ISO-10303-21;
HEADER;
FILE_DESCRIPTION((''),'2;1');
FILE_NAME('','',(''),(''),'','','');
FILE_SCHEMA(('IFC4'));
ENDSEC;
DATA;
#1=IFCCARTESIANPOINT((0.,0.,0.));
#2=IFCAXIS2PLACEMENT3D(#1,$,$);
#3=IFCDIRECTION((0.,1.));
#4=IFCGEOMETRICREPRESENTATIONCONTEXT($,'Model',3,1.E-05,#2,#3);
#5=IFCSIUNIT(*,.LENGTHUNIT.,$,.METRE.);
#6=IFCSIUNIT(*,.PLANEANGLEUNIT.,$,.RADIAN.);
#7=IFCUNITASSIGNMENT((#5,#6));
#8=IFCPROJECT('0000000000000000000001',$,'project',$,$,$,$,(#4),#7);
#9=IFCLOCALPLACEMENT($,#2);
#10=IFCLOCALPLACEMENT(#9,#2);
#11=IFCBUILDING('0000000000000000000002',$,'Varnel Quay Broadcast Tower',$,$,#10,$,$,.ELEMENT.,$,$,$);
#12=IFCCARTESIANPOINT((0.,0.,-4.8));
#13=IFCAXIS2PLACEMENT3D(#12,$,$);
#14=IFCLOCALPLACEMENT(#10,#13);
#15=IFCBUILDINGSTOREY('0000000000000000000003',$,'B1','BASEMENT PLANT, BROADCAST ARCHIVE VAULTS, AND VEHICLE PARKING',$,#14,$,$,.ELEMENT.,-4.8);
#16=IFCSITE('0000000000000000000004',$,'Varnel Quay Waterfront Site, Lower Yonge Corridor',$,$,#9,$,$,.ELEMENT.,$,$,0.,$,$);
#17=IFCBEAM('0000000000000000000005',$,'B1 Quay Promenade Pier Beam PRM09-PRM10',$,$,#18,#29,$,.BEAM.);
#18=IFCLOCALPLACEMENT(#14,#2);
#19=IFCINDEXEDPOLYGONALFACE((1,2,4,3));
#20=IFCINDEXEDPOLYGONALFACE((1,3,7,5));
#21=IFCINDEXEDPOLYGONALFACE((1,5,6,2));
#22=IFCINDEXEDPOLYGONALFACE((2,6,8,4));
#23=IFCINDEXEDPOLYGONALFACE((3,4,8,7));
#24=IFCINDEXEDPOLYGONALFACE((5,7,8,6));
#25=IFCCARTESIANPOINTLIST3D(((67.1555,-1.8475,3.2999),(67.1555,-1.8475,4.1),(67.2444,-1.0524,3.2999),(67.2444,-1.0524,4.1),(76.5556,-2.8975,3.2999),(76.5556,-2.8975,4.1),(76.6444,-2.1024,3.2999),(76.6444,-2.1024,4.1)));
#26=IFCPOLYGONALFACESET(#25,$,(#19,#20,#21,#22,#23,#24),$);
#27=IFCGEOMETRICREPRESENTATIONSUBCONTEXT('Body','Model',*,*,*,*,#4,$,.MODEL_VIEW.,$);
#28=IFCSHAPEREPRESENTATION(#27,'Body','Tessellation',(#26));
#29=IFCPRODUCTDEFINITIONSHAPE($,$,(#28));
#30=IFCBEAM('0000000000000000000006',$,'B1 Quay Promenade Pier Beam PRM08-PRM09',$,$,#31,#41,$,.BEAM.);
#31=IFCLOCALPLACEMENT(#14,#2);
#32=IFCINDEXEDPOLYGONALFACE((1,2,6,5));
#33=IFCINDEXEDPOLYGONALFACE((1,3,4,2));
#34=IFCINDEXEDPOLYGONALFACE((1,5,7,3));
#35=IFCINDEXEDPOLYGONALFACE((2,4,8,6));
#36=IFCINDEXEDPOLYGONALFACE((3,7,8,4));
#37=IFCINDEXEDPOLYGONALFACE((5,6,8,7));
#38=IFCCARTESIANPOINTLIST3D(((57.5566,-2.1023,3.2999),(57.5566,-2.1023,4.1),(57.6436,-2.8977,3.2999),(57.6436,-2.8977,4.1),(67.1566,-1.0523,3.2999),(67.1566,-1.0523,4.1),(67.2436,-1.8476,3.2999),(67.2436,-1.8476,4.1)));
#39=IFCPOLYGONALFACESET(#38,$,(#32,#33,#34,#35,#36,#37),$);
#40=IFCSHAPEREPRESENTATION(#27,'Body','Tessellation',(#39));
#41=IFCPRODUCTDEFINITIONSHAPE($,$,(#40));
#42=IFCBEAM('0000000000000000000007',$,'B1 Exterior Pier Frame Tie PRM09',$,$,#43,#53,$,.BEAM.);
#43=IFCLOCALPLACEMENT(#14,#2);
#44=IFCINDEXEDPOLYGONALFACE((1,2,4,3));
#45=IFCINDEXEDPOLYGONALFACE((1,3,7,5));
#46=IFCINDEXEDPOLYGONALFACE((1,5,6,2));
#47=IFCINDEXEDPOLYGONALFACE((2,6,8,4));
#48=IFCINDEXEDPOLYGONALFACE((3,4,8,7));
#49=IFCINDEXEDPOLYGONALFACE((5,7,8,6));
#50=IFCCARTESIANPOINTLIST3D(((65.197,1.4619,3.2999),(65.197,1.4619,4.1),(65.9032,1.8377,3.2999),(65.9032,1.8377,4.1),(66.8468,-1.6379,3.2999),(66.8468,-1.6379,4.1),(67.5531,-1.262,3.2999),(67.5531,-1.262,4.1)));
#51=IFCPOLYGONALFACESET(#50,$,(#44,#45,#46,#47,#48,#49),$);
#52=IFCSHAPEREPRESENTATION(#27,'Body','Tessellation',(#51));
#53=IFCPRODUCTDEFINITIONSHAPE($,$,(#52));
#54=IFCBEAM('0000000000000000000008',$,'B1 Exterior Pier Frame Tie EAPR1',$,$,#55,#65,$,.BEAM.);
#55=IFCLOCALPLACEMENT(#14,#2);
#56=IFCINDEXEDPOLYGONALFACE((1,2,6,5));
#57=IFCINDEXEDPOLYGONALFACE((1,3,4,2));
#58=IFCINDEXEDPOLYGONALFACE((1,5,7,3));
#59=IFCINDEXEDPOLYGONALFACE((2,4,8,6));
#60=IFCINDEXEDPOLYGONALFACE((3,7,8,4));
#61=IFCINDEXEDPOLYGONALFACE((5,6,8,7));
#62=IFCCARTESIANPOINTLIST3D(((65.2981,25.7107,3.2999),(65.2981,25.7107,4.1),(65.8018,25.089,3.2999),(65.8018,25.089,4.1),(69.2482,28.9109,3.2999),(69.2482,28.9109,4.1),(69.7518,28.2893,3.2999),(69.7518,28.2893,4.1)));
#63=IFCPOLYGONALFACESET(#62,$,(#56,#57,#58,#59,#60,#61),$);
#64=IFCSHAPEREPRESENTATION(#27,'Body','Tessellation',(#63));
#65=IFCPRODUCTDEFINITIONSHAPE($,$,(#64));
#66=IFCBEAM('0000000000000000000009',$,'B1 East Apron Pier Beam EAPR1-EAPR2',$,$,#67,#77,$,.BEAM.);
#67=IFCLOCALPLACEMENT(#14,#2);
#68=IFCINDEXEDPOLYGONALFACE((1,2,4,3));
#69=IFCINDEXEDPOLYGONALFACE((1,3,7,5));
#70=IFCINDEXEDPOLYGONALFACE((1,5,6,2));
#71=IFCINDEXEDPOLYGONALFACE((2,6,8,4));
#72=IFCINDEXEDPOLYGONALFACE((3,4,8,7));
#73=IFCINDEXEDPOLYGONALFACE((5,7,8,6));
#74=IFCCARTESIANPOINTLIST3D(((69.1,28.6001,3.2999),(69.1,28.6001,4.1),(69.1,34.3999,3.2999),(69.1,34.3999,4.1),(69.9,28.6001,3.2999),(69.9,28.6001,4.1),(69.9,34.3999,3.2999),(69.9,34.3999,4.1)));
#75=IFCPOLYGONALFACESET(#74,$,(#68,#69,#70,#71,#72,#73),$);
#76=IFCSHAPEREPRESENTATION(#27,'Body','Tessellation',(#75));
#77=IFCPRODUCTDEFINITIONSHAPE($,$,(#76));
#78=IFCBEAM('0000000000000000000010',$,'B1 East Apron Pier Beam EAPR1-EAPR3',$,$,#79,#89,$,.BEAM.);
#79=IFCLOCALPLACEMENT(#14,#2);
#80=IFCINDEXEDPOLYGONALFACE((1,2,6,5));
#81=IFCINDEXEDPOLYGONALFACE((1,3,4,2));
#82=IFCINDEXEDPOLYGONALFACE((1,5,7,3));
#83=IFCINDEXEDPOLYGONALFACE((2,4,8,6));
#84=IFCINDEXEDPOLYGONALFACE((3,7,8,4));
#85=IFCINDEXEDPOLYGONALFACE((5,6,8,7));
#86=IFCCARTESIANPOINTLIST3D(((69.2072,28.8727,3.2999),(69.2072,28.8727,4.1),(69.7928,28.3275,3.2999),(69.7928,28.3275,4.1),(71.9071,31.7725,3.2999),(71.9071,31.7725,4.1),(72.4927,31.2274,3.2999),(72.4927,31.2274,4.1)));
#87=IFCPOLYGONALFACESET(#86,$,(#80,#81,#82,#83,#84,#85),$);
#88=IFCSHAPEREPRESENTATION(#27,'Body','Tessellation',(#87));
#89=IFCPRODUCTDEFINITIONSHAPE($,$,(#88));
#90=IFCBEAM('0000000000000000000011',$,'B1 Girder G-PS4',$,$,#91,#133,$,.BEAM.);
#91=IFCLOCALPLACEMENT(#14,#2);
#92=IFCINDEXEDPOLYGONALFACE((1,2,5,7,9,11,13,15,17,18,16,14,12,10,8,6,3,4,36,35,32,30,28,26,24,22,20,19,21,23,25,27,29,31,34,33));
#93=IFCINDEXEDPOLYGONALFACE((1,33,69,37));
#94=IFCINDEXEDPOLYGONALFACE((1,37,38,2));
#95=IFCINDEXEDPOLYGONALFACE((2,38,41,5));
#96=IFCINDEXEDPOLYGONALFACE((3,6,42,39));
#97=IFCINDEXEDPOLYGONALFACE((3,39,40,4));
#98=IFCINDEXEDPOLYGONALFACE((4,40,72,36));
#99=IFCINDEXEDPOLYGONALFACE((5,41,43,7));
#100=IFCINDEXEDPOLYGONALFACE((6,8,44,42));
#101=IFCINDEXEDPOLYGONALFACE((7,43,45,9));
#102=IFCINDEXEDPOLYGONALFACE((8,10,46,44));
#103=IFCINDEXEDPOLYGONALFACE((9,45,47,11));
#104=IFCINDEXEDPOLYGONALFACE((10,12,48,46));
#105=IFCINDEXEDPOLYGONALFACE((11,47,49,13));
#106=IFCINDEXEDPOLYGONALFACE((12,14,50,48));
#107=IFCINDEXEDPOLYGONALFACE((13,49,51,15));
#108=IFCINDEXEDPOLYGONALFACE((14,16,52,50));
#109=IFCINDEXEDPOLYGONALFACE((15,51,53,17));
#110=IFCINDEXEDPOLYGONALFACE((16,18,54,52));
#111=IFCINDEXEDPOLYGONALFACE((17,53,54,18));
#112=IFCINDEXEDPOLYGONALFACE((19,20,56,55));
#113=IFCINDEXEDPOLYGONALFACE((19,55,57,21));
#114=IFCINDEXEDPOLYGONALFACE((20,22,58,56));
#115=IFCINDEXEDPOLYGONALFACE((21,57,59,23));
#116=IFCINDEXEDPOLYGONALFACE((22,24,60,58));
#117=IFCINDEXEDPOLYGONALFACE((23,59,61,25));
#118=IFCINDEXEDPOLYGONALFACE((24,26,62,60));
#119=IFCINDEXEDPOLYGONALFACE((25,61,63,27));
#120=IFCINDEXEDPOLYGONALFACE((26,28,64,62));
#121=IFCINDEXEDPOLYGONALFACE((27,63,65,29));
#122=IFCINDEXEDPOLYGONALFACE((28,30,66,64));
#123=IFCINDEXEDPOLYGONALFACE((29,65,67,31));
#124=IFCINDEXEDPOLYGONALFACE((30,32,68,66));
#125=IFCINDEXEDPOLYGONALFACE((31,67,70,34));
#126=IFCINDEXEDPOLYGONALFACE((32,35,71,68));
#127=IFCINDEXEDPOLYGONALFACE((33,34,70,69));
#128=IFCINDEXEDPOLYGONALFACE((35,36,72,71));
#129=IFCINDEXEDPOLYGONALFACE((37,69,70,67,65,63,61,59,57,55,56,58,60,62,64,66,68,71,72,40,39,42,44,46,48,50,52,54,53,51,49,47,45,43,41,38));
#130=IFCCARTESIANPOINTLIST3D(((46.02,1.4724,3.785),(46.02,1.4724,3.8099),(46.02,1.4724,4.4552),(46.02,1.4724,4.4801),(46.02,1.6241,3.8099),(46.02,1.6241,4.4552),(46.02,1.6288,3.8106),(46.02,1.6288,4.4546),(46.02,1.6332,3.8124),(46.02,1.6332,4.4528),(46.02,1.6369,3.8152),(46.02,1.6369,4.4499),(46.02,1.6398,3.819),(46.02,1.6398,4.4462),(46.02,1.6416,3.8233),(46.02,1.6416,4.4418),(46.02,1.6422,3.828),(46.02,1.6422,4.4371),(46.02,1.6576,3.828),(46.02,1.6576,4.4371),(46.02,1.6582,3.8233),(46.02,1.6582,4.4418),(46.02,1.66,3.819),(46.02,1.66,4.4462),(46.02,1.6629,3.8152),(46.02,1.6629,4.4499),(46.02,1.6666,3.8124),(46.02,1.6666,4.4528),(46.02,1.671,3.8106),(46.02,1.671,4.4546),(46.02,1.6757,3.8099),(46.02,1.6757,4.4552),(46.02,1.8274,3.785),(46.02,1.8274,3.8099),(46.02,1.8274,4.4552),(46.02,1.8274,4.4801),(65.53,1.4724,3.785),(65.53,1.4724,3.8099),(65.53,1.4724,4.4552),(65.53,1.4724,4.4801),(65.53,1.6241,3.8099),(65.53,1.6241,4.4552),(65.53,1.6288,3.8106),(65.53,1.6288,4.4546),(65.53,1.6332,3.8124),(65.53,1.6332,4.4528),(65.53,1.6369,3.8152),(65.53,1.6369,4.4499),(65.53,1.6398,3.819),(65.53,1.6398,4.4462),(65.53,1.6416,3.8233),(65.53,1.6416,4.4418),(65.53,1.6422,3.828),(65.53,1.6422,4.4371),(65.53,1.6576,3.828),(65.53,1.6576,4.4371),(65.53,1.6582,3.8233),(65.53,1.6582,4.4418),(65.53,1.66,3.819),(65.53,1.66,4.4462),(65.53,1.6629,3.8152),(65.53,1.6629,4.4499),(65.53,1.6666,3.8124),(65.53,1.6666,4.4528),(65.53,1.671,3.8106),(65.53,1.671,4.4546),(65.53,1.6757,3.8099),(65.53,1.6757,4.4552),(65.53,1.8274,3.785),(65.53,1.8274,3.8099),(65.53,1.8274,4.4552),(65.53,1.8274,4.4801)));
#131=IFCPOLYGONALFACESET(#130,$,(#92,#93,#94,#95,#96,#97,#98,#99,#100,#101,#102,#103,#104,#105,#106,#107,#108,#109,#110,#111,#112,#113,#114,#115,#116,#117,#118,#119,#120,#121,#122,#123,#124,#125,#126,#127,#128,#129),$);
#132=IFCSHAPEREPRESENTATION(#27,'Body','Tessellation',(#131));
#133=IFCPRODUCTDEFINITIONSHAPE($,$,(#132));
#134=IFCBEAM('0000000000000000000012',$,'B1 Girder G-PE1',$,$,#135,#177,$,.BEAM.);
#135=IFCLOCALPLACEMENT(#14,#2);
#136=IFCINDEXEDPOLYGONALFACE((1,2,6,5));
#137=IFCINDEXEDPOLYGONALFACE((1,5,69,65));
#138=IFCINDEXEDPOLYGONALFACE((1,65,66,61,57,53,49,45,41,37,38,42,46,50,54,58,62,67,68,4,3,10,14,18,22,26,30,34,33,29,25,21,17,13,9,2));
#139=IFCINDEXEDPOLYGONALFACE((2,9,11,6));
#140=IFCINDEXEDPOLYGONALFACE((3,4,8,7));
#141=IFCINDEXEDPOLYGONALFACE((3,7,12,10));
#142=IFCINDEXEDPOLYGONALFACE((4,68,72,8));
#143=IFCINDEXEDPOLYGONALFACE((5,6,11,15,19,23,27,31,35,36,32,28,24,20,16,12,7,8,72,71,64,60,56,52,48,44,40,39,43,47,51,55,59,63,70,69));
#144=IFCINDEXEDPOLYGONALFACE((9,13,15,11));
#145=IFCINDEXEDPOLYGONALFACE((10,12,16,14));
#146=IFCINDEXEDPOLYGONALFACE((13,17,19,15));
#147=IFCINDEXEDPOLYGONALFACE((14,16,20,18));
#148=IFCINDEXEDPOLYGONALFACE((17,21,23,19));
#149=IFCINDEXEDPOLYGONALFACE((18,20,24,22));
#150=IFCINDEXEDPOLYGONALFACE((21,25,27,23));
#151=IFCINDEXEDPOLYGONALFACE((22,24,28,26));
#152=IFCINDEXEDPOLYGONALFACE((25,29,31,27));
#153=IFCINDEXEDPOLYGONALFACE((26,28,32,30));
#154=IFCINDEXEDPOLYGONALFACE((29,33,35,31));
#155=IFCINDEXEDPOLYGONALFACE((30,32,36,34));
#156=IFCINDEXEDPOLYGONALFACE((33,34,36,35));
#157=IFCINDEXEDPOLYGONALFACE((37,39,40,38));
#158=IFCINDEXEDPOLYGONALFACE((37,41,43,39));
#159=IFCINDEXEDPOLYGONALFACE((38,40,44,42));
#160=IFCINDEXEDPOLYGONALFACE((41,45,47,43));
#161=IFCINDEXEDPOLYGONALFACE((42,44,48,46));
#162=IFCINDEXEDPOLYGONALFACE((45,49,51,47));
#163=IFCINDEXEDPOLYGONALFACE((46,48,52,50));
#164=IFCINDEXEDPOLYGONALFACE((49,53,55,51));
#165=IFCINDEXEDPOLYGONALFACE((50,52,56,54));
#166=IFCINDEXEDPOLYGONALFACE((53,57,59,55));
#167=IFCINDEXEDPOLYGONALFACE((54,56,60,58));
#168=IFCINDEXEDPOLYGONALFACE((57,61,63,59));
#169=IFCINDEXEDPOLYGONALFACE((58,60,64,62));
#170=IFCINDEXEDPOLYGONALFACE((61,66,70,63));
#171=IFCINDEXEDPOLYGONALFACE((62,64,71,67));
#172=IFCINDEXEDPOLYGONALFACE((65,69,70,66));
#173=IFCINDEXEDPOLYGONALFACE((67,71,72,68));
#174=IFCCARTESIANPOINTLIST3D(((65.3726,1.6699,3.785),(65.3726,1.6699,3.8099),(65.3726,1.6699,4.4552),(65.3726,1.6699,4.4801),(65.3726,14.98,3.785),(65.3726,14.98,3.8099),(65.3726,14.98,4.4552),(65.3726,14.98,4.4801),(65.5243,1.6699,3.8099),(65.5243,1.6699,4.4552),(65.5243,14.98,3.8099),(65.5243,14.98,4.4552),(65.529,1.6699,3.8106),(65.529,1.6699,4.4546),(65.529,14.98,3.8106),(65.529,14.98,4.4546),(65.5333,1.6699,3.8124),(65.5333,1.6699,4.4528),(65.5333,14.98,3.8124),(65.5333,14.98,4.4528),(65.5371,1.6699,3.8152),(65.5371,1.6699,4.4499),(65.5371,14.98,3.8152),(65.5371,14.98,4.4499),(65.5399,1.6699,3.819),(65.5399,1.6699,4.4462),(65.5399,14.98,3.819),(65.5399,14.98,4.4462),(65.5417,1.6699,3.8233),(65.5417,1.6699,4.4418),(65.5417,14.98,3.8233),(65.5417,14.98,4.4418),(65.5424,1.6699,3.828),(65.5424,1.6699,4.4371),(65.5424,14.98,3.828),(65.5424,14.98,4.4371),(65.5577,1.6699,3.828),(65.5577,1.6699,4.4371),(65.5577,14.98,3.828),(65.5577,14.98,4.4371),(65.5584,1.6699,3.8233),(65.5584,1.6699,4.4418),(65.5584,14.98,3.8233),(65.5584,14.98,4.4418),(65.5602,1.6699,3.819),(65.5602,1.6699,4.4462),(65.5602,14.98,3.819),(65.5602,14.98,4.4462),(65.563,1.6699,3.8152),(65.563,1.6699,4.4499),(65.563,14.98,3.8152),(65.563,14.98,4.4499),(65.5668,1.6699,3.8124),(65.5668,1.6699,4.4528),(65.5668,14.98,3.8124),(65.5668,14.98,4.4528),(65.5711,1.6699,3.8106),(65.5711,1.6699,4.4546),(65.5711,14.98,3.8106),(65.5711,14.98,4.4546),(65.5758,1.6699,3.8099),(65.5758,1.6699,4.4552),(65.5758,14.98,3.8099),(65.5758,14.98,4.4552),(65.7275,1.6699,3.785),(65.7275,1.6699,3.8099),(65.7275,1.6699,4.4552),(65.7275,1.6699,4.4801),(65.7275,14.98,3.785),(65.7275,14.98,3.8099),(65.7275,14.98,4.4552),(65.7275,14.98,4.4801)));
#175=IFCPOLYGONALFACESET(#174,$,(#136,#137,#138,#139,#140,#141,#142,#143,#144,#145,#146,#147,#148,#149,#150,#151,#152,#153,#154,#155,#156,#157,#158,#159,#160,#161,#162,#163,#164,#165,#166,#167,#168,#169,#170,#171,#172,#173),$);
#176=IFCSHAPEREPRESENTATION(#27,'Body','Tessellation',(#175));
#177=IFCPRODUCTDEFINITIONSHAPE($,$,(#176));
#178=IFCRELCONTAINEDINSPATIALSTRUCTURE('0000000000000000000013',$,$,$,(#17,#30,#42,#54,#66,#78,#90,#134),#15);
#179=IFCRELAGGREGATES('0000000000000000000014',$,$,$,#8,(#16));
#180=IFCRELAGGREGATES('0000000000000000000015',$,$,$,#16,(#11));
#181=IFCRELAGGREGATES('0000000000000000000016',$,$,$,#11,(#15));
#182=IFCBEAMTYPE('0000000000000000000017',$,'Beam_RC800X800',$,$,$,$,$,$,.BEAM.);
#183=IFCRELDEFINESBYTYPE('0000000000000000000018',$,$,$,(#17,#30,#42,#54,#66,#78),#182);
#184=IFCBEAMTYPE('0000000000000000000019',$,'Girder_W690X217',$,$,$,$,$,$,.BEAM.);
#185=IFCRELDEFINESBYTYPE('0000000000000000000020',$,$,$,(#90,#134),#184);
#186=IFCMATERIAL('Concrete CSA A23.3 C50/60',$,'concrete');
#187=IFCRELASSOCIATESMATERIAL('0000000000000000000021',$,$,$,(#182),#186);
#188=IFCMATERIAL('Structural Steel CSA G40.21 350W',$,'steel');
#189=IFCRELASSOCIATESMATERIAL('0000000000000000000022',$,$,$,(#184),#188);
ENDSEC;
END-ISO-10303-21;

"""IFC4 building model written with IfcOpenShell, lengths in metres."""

from ifc_helpers import new_model, si_unit, direction, frame, origin, origin_2d, place, context, subcontext, project, spatial, rectangle, i_section, extrude, source, transform, mapped, material, material_profile, profile_set, type_object, type_shapes, element, save


model = new_model("IFC4")

# Units and contexts
model_context = context("Model", 3, precision=1e-05, world=origin(), true_north=direction((0.0, 1.0)))
body_context = subcontext(model_context, "Body", "Model", "MODEL_VIEW")
ifc_project = project(units=[si_unit("LENGTHUNIT", "METRE"), si_unit("PLANEANGLEUNIT", "RADIAN")], contexts=[model_context])

# Site, building, storey
site_placement = place(None, origin())
site = spatial("IfcSite", under=ifc_project, at=site_placement, Name="Varnel Quay Waterfront Site, Lower Yonge Corridor", CompositionType="ELEMENT", RefElevation=0.0)
building_placement = place(site_placement, origin())
building = spatial("IfcBuilding", under=site, at=building_placement, Name="Varnel Quay Broadcast Tower", CompositionType="ELEMENT")
storey_placement = place(building_placement, frame((0.0, 0.0, -4.8)))
storey = spatial("IfcBuildingStorey", under=building, at=storey_placement, Name="B1", Description="BASEMENT PLANT, BROADCAST ARCHIVE VAULTS, AND VEHICLE PARKING", CompositionType="ELEMENT", Elevation=-4.8)

# Shared definitions
ifc_material_1 = material(Name="Concrete CSA A23.3 C50/60", Category="concrete")

# Beams
ifc_material_profile_1 = material_profile(ifc_material_1, rectangle(XDim=0.8, YDim=0.8, at=origin_2d()), Name="RC800X800")
ifc_profile_set_1 = profile_set([ifc_material_profile_1], Name="Concrete CSA A23.3 C50/60")
beam_type_1 = type_object("IfcBeamType", Name="Beam_RC800X800", PredefinedType="BEAM", material=ifc_profile_set_1)
shared_shape_1 = source(origin(), body_context, "Body", "SweptSolid", [
    extrude(rectangle(XDim=0.8, YDim=0.8, at=origin_2d()), origin(), (0.0, 0.0, 1.0), 9.4585),
])
for number, where, z_axis, x_axis, name in (
    (1, (67.2, -1.45, 3.7), (0.993819, -0.111015, 0.0), (0.111015, 0.993819, 0.0), "B1 Quay Promenade Pier Beam PRM09-PRM10"),
):
    element("IfcBeam", number, at=place(storey_placement, frame(where, z_axis=z_axis, x_axis=x_axis)), inside=storey, type_object=beam_type_1, Name=name, PredefinedType="BEAM", context=body_context, shape_type="MappedRepresentation", body=[
        mapped(shared_shape_1, transform((0.0, 0.0, 0.0), x_axis=(1.0, 0.0, 0.0), y_axis=(0.0, 1.0, 0.0), z_axis=(0.0, 0.0, 1.0), scale=1.0)),
    ])
shared_shape_2 = source(origin(), body_context, "Body", "SweptSolid", [
    extrude(rectangle(XDim=0.8, YDim=0.8, at=origin_2d()), origin(), (0.0, 0.0, 1.0), 9.6572),
])
beam_1_placement = place(storey_placement, frame((57.6001, -2.5, 3.7), z_axis=(0.994071, 0.108733, 0.0), x_axis=(-0.108733, 0.994071, 0.0)))
element("IfcBeam", 2, at=beam_1_placement, inside=storey, type_object=beam_type_1, Name="B1 Quay Promenade Pier Beam PRM08-PRM09", PredefinedType="BEAM", context=body_context, shape_type="MappedRepresentation", body=[
    mapped(shared_shape_2, transform((0.0, 0.0, 0.0), x_axis=(1.0, 0.0, 0.0), y_axis=(0.0, 1.0, 0.0), z_axis=(0.0, 0.0, 1.0), scale=1.0)),
])
shared_shape_3 = source(origin(), body_context, "Body", "SweptSolid", [
    extrude(rectangle(XDim=0.8, YDim=0.8, at=origin_2d()), origin(), (0.0, 0.0, 1.0), 3.5115),
])
beam_2_placement = place(storey_placement, frame((67.2, -1.45, 3.7), z_axis=(-0.469845, 0.882749, 0.0), x_axis=(-0.882749, -0.469845, 0.0)))
element("IfcBeam", 3, at=beam_2_placement, inside=storey, type_object=beam_type_1, Name="B1 Exterior Pier Frame Tie PRM09", PredefinedType="BEAM", context=body_context, shape_type="MappedRepresentation", body=[
    mapped(shared_shape_3, transform((0.0, 0.0, 0.0), x_axis=(1.0, 0.0, 0.0), y_axis=(0.0, 1.0, 0.0), z_axis=(0.0, 0.0, 1.0), scale=1.0)),
])
shared_shape_4 = source(origin(), body_context, "Body", "SweptSolid", [
    extrude(rectangle(XDim=0.8, YDim=0.8, at=origin_2d()), origin(), (0.0, 0.0, 1.0), 5.0837),
])
beam_3_placement = place(storey_placement, frame((69.5, 28.6001, 3.7), z_axis=(-0.776993, -0.629509, 0.0), x_axis=(0.629509, -0.776993, 0.0)))
element("IfcBeam", 4, at=beam_3_placement, inside=storey, type_object=beam_type_1, Name="B1 Exterior Pier Frame Tie EAPR1", PredefinedType="BEAM", context=body_context, shape_type="MappedRepresentation", body=[
    mapped(shared_shape_4, transform((0.0, 0.0, 0.0), x_axis=(1.0, 0.0, 0.0), y_axis=(0.0, 1.0, 0.0), z_axis=(0.0, 0.0, 1.0), scale=1.0)),
])
shared_shape_5 = source(origin(), body_context, "Body", "SweptSolid", [
    extrude(rectangle(XDim=0.8, YDim=0.8, at=origin_2d()), origin(), (0.0, 0.0, 1.0), 5.7998),
])
beam_4_placement = place(storey_placement, frame((69.5, 28.6001, 3.7), z_axis=(0.0, 1.0, 0.0), x_axis=(-1.0, 0.0, 0.0)))
element("IfcBeam", 5, at=beam_4_placement, inside=storey, type_object=beam_type_1, Name="B1 East Apron Pier Beam EAPR1-EAPR2", PredefinedType="BEAM", context=body_context, shape_type="MappedRepresentation", body=[
    mapped(shared_shape_5, transform((0.0, 0.0, 0.0), x_axis=(1.0, 0.0, 0.0), y_axis=(0.0, 1.0, 0.0), z_axis=(0.0, 0.0, 1.0), scale=1.0)),
])
shared_shape_6 = source(origin(), body_context, "Body", "SweptSolid", [
    extrude(rectangle(XDim=0.8, YDim=0.8, at=origin_2d()), origin(), (0.0, 0.0, 1.0), 3.9622),
])
type_shapes(beam_type_1, [shared_shape_1, shared_shape_2, shared_shape_3, shared_shape_4, shared_shape_5, shared_shape_6])
beam_5_placement = place(storey_placement, frame((69.5, 28.6001, 3.7), z_axis=(0.681424, 0.731889, 0.0), x_axis=(-0.731889, 0.681424, 0.0)))
element("IfcBeam", 6, at=beam_5_placement, inside=storey, type_object=beam_type_1, Name="B1 East Apron Pier Beam EAPR1-EAPR3", PredefinedType="BEAM", context=body_context, shape_type="MappedRepresentation", body=[
    mapped(shared_shape_6, transform((0.0, 0.0, 0.0), x_axis=(1.0, 0.0, 0.0), y_axis=(0.0, 1.0, 0.0), z_axis=(0.0, 0.0, 1.0), scale=1.0)),
])
ifc_material_2 = material(Name="Structural Steel CSA G40.21 350W", Category="steel")
ifc_material_profile_2 = material_profile(ifc_material_2, i_section(OverallWidth=0.355, OverallDepth=0.6951, WebThickness=0.0154, FlangeThickness=0.0249, FilletRadius=0.0181, at=origin_2d()), Name="W690X217")
ifc_profile_set_2 = profile_set([ifc_material_profile_2], Name="Structural Steel CSA G40.21 350W")
beam_type_2 = type_object("IfcBeamType", Name="Girder_W690X217", PredefinedType="BEAM", material=ifc_profile_set_2)
shared_shape_7 = source(origin(), body_context, "Body", "SweptSolid", [
    extrude(i_section(OverallWidth=0.355, OverallDepth=0.6951, WebThickness=0.0154, FlangeThickness=0.0249, FilletRadius=0.0181, at=origin_2d()), origin(), (0.0, 0.0, 1.0), 19.51),
])
beam_6_placement = place(storey_placement, frame((46.02, 1.6499, 4.1326), z_axis=(1.0, 0.0, 0.0), x_axis=(0.0, 1.0, 0.0)))
element("IfcBeam", 7, at=beam_6_placement, inside=storey, type_object=beam_type_2, Name="B1 Girder G-PS4", PredefinedType="BEAM", context=body_context, shape_type="MappedRepresentation", body=[
    mapped(shared_shape_7, transform((0.0, 0.0, 0.0), x_axis=(1.0, 0.0, 0.0), y_axis=(0.0, 1.0, 0.0), z_axis=(0.0, 0.0, 1.0), scale=1.0)),
])
shared_shape_8 = source(origin(), body_context, "Body", "SweptSolid", [
    extrude(i_section(OverallWidth=0.355, OverallDepth=0.6951, WebThickness=0.0154, FlangeThickness=0.0249, FilletRadius=0.0181, at=origin_2d()), origin(), (0.0, 0.0, 1.0), 13.3101),
])
beam_7_placement = place(storey_placement, frame((65.55, 1.6699, 4.1326), z_axis=(0.0, 1.0, 0.0), x_axis=(-1.0, 0.0, 0.0)))
element("IfcBeam", 8, at=beam_7_placement, inside=storey, type_object=beam_type_2, Name="B1 Girder G-PE1", PredefinedType="BEAM", context=body_context, shape_type="MappedRepresentation", body=[
    mapped(shared_shape_8, transform((0.0, 0.0, 0.0), x_axis=(1.0, 0.0, 0.0), y_axis=(0.0, 1.0, 0.0), z_axis=(0.0, 0.0, 1.0), scale=1.0)),
])

save(model, "model.ifc")
